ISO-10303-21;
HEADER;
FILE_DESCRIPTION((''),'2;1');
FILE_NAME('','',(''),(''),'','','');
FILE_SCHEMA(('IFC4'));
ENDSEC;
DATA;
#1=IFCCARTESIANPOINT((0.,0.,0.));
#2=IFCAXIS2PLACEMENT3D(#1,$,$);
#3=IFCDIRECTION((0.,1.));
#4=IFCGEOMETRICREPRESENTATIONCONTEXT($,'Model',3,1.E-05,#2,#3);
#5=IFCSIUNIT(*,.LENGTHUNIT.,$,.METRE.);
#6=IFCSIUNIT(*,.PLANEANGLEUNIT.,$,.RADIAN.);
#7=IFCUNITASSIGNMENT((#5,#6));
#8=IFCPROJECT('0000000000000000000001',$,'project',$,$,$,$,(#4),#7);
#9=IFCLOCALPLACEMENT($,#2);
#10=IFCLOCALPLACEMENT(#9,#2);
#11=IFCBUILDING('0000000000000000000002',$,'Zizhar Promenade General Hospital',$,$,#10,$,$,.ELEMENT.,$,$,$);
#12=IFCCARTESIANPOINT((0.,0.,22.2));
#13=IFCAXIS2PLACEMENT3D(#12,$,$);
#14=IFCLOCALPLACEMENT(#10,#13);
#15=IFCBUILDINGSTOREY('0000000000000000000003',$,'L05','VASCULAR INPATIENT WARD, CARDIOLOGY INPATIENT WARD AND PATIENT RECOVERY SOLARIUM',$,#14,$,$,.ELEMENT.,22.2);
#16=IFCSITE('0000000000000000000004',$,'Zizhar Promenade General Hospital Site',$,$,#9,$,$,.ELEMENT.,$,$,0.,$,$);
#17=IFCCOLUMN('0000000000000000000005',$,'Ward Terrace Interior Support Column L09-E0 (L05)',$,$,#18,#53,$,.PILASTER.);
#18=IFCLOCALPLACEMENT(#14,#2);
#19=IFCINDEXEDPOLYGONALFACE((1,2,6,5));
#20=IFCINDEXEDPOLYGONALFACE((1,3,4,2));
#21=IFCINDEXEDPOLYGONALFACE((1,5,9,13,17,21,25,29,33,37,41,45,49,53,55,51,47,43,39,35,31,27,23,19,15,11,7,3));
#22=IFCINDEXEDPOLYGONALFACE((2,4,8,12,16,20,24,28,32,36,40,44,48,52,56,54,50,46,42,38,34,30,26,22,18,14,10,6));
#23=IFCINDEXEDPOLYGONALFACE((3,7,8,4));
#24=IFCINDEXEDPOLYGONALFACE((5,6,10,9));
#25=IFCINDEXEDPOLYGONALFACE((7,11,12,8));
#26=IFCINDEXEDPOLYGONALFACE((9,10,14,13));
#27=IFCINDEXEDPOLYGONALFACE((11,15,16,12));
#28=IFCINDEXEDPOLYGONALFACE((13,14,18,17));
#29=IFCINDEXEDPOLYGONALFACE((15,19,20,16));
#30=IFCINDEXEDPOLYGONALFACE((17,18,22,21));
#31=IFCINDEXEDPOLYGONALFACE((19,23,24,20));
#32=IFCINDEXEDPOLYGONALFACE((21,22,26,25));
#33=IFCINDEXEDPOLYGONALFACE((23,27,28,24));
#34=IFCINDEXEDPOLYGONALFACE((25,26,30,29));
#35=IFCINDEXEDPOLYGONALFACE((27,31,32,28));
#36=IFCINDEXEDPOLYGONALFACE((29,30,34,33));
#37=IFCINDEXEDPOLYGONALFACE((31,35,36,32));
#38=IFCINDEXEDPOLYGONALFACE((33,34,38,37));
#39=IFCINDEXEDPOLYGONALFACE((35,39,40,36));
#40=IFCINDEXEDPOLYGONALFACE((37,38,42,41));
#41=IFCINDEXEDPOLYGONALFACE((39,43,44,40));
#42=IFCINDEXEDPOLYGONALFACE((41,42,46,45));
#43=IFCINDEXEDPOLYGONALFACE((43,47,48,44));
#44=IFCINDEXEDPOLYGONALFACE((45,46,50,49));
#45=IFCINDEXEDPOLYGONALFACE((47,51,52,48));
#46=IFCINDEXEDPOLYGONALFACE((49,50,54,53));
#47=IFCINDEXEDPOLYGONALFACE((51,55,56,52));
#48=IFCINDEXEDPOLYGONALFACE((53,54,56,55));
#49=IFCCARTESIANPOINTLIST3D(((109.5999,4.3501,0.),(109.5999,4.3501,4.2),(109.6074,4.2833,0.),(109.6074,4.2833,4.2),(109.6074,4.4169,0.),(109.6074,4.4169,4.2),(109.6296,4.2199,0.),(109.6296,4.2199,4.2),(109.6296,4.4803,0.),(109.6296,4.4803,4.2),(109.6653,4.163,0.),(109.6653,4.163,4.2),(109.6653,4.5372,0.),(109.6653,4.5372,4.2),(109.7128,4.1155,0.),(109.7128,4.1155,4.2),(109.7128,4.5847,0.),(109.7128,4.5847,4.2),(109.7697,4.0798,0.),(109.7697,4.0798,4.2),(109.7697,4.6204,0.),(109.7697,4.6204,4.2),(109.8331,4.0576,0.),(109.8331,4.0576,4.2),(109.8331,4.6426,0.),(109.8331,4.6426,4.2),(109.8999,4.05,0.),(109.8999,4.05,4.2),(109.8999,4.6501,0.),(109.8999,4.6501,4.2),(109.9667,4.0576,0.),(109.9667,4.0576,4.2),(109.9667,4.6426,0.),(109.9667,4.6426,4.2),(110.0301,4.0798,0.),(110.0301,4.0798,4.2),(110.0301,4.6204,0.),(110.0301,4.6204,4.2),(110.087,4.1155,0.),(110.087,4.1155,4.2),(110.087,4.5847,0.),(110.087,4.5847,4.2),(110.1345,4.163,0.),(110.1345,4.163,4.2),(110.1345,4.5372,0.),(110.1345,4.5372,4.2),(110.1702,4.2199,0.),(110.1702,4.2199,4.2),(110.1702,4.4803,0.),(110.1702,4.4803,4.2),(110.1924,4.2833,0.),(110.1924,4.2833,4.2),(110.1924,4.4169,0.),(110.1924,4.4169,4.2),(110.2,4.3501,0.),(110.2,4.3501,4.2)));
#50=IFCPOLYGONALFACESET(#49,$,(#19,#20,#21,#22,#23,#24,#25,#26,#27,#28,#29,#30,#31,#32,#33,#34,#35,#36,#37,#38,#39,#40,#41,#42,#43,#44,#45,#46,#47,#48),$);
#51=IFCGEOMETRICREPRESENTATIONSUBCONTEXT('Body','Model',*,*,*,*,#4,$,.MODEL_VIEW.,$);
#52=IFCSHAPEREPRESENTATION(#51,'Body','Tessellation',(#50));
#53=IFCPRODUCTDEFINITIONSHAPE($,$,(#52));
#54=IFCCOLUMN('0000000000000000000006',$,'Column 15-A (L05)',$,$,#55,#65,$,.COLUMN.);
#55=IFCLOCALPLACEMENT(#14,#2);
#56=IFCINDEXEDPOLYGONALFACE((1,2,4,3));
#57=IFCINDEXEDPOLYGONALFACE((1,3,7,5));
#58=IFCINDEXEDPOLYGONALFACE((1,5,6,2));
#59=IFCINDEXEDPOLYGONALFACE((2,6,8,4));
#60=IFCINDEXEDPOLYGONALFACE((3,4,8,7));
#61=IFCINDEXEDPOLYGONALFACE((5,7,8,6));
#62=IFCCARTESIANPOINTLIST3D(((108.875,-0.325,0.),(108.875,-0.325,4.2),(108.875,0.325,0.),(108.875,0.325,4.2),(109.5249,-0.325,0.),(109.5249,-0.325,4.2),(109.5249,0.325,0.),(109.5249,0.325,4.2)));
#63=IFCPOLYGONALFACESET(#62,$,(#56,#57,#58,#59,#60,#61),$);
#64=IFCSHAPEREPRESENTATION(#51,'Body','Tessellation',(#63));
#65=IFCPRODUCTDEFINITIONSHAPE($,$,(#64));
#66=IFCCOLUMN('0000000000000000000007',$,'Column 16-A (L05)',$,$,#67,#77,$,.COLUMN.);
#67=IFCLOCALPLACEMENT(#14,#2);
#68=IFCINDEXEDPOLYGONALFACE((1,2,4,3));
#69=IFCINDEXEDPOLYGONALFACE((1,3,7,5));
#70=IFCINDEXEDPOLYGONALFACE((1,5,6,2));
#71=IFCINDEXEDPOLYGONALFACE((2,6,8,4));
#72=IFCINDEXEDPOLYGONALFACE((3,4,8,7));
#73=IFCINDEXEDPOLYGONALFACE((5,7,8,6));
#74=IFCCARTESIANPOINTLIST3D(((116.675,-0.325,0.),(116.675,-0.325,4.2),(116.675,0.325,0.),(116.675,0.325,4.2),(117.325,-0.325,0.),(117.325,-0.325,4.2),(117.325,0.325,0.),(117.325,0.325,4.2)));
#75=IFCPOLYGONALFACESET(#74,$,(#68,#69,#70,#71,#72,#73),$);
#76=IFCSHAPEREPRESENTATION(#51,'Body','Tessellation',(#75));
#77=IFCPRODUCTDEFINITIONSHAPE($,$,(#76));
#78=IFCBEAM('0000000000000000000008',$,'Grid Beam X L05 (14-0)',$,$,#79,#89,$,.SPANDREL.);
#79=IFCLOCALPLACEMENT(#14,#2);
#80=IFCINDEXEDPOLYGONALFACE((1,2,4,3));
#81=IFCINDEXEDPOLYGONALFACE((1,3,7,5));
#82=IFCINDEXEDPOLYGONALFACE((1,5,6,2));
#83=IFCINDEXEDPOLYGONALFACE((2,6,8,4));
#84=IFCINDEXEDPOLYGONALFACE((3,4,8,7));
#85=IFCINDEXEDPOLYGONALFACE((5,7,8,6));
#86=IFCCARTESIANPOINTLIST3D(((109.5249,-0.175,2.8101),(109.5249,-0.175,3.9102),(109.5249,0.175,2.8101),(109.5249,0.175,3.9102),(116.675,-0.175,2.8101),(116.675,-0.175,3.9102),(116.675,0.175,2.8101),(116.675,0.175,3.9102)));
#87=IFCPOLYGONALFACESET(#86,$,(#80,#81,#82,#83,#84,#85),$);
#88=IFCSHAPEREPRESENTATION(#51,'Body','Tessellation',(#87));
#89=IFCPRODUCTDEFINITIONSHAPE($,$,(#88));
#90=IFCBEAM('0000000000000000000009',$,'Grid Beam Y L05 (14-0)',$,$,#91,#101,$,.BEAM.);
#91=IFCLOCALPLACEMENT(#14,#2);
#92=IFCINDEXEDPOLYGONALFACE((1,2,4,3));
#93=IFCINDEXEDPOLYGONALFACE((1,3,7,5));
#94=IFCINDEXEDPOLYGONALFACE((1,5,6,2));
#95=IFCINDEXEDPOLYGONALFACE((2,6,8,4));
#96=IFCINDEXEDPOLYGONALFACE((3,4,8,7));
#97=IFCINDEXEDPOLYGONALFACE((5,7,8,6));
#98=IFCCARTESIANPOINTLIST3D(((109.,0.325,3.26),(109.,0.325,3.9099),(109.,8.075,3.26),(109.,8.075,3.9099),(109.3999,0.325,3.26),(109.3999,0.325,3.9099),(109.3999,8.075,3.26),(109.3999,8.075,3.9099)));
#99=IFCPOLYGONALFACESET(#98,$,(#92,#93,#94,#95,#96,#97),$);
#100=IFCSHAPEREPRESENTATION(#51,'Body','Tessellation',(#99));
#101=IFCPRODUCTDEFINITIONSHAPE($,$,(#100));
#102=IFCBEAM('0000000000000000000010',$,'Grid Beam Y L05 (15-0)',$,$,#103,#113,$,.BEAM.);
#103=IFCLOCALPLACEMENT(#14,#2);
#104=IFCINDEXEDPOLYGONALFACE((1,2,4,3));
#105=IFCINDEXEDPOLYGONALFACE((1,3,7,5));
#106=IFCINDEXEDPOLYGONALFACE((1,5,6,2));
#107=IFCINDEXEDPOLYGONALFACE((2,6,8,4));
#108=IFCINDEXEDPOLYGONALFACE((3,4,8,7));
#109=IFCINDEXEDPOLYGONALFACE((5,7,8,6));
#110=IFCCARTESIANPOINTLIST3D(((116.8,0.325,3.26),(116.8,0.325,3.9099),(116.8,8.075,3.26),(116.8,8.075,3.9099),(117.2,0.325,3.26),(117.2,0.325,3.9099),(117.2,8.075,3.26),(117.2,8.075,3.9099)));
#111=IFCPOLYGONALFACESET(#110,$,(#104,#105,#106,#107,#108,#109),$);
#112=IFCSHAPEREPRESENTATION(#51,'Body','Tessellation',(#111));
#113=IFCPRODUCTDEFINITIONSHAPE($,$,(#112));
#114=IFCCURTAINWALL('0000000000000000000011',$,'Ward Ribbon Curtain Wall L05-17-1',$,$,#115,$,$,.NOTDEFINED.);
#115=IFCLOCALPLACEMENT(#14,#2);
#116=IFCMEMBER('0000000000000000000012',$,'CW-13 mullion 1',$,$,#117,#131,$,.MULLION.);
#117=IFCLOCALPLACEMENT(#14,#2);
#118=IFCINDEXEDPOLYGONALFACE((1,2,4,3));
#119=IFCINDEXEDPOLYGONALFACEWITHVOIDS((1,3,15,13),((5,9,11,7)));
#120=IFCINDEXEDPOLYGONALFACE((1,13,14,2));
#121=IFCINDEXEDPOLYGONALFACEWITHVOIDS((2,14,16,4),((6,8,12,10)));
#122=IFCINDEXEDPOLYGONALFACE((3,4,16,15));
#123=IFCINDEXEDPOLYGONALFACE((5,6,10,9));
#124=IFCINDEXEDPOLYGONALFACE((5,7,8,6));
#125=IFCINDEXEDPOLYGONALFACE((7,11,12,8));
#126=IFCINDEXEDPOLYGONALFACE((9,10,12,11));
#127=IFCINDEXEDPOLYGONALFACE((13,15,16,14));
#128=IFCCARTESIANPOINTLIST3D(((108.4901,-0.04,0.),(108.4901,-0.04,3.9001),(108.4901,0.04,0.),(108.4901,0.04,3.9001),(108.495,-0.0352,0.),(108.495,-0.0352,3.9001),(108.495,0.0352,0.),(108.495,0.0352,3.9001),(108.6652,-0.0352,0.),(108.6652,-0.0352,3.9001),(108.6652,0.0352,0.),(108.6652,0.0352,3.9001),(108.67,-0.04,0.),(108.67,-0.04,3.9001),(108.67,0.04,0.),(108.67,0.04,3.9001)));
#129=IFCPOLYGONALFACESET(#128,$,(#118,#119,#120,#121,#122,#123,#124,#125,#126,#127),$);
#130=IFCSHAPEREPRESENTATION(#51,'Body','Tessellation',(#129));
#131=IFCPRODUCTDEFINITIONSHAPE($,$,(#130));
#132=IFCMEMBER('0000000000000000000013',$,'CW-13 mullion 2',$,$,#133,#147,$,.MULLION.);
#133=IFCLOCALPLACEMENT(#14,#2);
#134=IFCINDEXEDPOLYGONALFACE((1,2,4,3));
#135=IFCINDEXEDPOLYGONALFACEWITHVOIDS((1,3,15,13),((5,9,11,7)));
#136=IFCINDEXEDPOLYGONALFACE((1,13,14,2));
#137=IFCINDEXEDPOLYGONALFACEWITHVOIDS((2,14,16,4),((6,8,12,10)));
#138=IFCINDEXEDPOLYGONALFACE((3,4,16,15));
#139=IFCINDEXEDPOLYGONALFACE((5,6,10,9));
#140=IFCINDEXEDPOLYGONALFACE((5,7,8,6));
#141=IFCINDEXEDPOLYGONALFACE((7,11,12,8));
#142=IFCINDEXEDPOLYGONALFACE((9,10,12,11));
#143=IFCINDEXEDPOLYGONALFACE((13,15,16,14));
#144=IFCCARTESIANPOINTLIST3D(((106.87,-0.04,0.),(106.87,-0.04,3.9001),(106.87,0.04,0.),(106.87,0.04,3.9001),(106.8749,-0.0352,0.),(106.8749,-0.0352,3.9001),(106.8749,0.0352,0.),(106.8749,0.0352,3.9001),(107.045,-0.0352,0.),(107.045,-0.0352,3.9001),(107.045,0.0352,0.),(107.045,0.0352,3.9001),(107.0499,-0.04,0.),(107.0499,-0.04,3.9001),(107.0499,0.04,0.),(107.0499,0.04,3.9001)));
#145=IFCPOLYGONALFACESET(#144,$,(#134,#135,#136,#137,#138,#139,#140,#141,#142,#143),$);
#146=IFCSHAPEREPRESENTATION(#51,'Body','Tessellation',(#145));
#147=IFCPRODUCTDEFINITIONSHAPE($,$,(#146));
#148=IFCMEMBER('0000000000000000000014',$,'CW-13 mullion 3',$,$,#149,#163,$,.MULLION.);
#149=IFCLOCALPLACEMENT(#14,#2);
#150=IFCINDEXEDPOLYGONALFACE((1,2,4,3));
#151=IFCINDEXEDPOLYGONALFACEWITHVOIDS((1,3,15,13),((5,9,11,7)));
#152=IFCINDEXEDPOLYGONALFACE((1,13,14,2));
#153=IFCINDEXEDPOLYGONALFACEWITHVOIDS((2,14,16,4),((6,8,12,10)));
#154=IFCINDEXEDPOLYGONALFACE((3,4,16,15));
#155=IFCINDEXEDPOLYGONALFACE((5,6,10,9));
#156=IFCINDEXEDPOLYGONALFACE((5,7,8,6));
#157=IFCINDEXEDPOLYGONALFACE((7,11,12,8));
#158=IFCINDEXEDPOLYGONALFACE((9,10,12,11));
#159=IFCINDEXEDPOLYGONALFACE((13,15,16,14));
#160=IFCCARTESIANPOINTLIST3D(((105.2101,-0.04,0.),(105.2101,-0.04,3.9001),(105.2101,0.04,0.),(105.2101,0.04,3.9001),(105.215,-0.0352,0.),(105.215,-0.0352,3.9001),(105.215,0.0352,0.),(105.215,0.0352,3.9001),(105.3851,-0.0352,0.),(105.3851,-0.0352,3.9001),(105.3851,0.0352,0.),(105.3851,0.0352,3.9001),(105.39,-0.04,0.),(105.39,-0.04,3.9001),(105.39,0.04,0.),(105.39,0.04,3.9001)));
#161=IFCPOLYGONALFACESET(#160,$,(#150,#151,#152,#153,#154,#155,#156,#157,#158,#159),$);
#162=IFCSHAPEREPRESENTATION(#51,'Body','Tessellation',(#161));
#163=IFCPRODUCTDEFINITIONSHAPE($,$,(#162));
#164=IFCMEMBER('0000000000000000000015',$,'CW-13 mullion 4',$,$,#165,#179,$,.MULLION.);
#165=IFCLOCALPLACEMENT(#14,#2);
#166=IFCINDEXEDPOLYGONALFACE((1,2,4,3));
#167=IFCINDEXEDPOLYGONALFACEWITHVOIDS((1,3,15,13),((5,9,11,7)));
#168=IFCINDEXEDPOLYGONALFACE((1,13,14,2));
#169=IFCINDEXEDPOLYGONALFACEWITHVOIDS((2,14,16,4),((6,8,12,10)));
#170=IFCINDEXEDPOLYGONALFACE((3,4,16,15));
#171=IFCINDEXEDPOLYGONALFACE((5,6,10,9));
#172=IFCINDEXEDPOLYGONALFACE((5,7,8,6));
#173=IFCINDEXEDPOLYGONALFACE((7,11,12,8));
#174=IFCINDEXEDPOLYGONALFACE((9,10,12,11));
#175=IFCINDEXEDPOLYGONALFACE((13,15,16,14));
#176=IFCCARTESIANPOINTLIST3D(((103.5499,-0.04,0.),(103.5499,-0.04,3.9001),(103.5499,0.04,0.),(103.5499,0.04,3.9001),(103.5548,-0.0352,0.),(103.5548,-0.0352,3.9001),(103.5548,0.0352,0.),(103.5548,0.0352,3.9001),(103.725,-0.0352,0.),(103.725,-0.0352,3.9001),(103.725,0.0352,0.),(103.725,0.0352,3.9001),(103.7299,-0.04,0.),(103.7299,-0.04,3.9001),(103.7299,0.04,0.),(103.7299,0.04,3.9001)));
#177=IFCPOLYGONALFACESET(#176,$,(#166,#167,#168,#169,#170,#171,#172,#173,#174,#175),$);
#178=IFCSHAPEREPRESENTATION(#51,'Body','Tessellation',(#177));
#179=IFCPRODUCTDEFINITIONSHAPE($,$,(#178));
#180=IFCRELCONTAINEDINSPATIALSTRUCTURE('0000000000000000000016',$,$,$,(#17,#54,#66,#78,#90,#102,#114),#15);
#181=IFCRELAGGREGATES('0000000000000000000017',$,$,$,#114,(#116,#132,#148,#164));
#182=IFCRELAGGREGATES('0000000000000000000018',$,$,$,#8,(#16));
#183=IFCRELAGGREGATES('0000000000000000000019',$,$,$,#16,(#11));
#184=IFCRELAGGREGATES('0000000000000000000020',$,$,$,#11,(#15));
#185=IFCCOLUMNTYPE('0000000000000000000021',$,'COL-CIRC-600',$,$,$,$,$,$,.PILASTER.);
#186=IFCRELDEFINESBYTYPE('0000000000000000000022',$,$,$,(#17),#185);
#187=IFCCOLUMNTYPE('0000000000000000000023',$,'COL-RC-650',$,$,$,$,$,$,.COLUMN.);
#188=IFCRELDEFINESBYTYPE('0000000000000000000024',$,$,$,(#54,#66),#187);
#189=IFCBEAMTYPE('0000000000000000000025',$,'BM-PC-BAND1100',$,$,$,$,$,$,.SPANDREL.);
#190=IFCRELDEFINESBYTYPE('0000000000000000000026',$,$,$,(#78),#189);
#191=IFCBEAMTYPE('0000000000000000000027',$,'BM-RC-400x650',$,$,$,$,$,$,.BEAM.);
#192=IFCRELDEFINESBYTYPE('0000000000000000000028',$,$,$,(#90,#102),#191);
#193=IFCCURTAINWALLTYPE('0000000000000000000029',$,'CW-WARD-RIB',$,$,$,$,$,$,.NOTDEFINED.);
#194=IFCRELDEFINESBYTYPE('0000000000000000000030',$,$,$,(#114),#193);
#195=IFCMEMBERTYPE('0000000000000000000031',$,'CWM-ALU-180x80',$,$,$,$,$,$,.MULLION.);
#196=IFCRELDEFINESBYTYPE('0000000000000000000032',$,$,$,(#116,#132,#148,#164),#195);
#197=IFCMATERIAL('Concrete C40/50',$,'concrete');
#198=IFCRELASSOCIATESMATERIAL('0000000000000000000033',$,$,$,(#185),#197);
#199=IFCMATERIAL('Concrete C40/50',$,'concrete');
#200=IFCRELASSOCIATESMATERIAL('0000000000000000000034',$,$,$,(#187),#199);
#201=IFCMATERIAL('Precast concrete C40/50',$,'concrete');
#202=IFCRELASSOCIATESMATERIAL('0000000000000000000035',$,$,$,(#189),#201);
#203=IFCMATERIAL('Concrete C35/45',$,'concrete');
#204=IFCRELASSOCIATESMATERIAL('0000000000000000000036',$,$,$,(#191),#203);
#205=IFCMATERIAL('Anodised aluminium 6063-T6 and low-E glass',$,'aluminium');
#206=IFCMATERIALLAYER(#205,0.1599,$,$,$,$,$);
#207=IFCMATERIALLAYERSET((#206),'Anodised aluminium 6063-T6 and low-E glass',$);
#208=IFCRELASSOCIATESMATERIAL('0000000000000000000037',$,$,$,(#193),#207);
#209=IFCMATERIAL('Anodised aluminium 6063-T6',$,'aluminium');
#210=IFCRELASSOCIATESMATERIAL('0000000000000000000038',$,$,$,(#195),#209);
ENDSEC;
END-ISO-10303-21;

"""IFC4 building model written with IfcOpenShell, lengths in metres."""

from ifc_helpers import new_model, si_unit, direction, frame, origin, origin_2d, place, context, subcontext, project, spatial, rectangle, hollow_rectangle, circle, extrude, material, layer, layer_set, material_profile, profile_set, type_object, element, aggregate, save


model = new_model("IFC4")

# Units and contexts
model_context = context("Model", 3, precision=1e-05, world=origin(), true_north=direction((0.0, 1.0)))
body_context = subcontext(model_context, "Body", "Model", "MODEL_VIEW")
ifc_project = project(units=[si_unit("LENGTHUNIT", "METRE"), si_unit("PLANEANGLEUNIT", "RADIAN")], contexts=[model_context])

# Site, building, storey
site_placement = place(None, origin())
site = spatial("IfcSite", under=ifc_project, at=site_placement, Name="Zizhar Promenade General Hospital Site", CompositionType="ELEMENT", RefElevation=0.0)
building_placement = place(site_placement, origin())
building = spatial("IfcBuilding", under=site, at=building_placement, Name="Zizhar Promenade General Hospital", CompositionType="ELEMENT")
storey_placement = place(building_placement, frame((0.0, 0.0, 22.2)))
storey = spatial("IfcBuildingStorey", under=building, at=storey_placement, Name="L05", Description="VASCULAR INPATIENT WARD, CARDIOLOGY INPATIENT WARD AND PATIENT RECOVERY SOLARIUM", CompositionType="ELEMENT", Elevation=22.2)

# Columns
ifc_material_1 = material(Name="Concrete C40/50", Category="concrete")
ifc_material_profile_1 = material_profile(ifc_material_1, circle(Radius=0.3, at=origin_2d()))
ifc_profile_set_1 = profile_set([ifc_material_profile_1], Name="Concrete C40/50")
column_type_1 = type_object("IfcColumnType", Name="COL-CIRC-600", PredefinedType="PILASTER", material=ifc_profile_set_1)
column_placement = place(storey_placement, frame((109.8999, 4.3501, 0.0), z_axis=(0.0, 0.0, 1.0), x_axis=(1.0, 0.0, 0.0)))
element("IfcColumn", 1, at=column_placement, inside=storey, type_object=column_type_1, Name="Ward Terrace Interior Support Column L09-E0 (L05)", PredefinedType="PILASTER", context=body_context, shape_type="SweptSolid", body=[
    extrude(circle(Radius=0.3, at=origin_2d()), origin(), (0.0, 0.0, 1.0), 4.2),
])
ifc_material_2 = material(Name="Concrete C40/50", Category="concrete")
ifc_material_profile_2 = material_profile(ifc_material_2, rectangle(XDim=0.6499, YDim=0.6499, at=origin_2d()))
ifc_profile_set_2 = profile_set([ifc_material_profile_2], Name="Concrete C40/50")
column_type_2 = type_object("IfcColumnType", Name="COL-RC-650", PredefinedType="COLUMN", material=ifc_profile_set_2)
for number, where, z_axis, x_axis, name in (
    (2, (109.2, 0.0, 0.0), (0.0, 0.0, 1.0), (1.0, 0.0, 0.0), "Column 15-A (L05)"),
    (3, (117.0, 0.0, 0.0), (0.0, 0.0, 1.0), (1.0, 0.0, 0.0), "Column 16-A (L05)"),
):
    element("IfcColumn", number, at=place(storey_placement, frame(where, z_axis=z_axis, x_axis=x_axis)), inside=storey, type_object=column_type_2, Name=name, PredefinedType="COLUMN", context=body_context, shape_type="SweptSolid", body=[
        extrude(rectangle(XDim=0.6499, YDim=0.6499, at=origin_2d()), origin(), (0.0, 0.0, 1.0), 4.2),
    ])

# Beams
ifc_material_3 = material(Name="Precast concrete C40/50", Category="concrete")
ifc_material_profile_3 = material_profile(ifc_material_3, rectangle(XDim=0.3501, YDim=1.1001, at=origin_2d()))
ifc_profile_set_3 = profile_set([ifc_material_profile_3], Name="Precast concrete C40/50")
beam_type_1 = type_object("IfcBeamType", Name="BM-PC-BAND1100", PredefinedType="SPANDREL", material=ifc_profile_set_3)
beam_placement = place(storey_placement, frame((109.5249, 0.0, 3.3601), z_axis=(1.0, 0.0, 0.0), x_axis=(0.0, 1.0, 0.0)))
element("IfcBeam", 4, at=beam_placement, inside=storey, type_object=beam_type_1, Name="Grid Beam X L05 (14-0)", PredefinedType="SPANDREL", context=body_context, shape_type="SweptSolid", body=[
    extrude(rectangle(XDim=0.3501, YDim=1.1001, at=origin_2d()), origin(), (0.0, 0.0, 1.0), 7.1501),
])
ifc_material_4 = material(Name="Concrete C35/45", Category="concrete")
ifc_material_profile_4 = material_profile(ifc_material_4, rectangle(XDim=0.3999, YDim=0.6499, at=origin_2d()))
ifc_profile_set_4 = profile_set([ifc_material_profile_4], Name="Concrete C35/45")
beam_type_2 = type_object("IfcBeamType", Name="BM-RC-400x650", PredefinedType="BEAM", material=ifc_profile_set_4)
for number, where, z_axis, x_axis, name in (
    (5, (109.2, 0.325, 3.585), (0.0, 1.0, 0.0), (-1.0, 0.0, 0.0), "Grid Beam Y L05 (14-0)"),
    (6, (117.0, 0.325, 3.585), (0.0, 1.0, 0.0), (-1.0, 0.0, 0.0), "Grid Beam Y L05 (15-0)"),
):
    element("IfcBeam", number, at=place(storey_placement, frame(where, z_axis=z_axis, x_axis=x_axis)), inside=storey, type_object=beam_type_2, Name=name, PredefinedType="BEAM", context=body_context, shape_type="SweptSolid", body=[
        extrude(rectangle(XDim=0.3999, YDim=0.6499, at=origin_2d()), origin(), (0.0, 0.0, 1.0), 7.75),
    ])

# Curtain wall, members
ifc_material_5 = material(Name="Anodised aluminium 6063-T6 and low-E glass", Category="aluminium")
ifc_layer_1 = layer(ifc_material_5, 0.1599)
ifc_layer_set_1 = layer_set([ifc_layer_1], Name="Anodised aluminium 6063-T6 and low-E glass")
curtain_wall_type = type_object("IfcCurtainWallType", Name="CW-WARD-RIB", PredefinedType="NOTDEFINED", material=ifc_layer_set_1)
curtain_wall_placement = place(storey_placement, origin())
curtain_wall = element("IfcCurtainWall", 7, at=curtain_wall_placement, inside=storey, type_object=curtain_wall_type, Name="Ward Ribbon Curtain Wall L05-17-1", PredefinedType="NOTDEFINED")
ifc_material_6 = material(Name="Anodised aluminium 6063-T6", Category="aluminium")
ifc_material_profile_5 = material_profile(ifc_material_6, hollow_rectangle(XDim=0.0801, YDim=0.1799, WallThickness=0.0049, at=origin_2d()))
ifc_profile_set_5 = profile_set([ifc_material_profile_5], Name="Anodised aluminium 6063-T6")
member_type_1 = type_object("IfcMemberType", Name="CWM-ALU-180x80", PredefinedType="MULLION", material=ifc_profile_set_5)
member_1_placement = place(storey_placement, frame((108.5801, 0.0, 0.0), z_axis=(0.0, 0.0, 1.0), x_axis=(0.0, -1.0, 0.0)))
member_1 = element("IfcMember", 8, at=member_1_placement, type_object=member_type_1, Name="CW-13 mullion 1", PredefinedType="MULLION", context=body_context, shape_type="SweptSolid", body=[
    extrude(hollow_rectangle(XDim=0.0801, YDim=0.1799, WallThickness=0.0049, at=origin_2d()), origin(), (0.0, 0.0, 1.0), 3.9001),
])
member_2_placement = place(storey_placement, frame((106.96, 0.0, 0.0), z_axis=(0.0, 0.0, 1.0), x_axis=(0.0, -1.0, 0.0)))
member_2 = element("IfcMember", 9, at=member_2_placement, type_object=member_type_1, Name="CW-13 mullion 2", PredefinedType="MULLION", context=body_context, shape_type="SweptSolid", body=[
    extrude(hollow_rectangle(XDim=0.0801, YDim=0.1799, WallThickness=0.0049, at=origin_2d()), origin(), (0.0, 0.0, 1.0), 3.9001),
])
member_3_placement = place(storey_placement, frame((105.3, 0.0, 0.0), z_axis=(0.0, 0.0, 1.0), x_axis=(0.0, -1.0, 0.0)))
member_3 = element("IfcMember", 10, at=member_3_placement, type_object=member_type_1, Name="CW-13 mullion 3", PredefinedType="MULLION", context=body_context, shape_type="SweptSolid", body=[
    extrude(hollow_rectangle(XDim=0.0801, YDim=0.1799, WallThickness=0.0049, at=origin_2d()), origin(), (0.0, 0.0, 1.0), 3.9001),
])
member_4_placement = place(storey_placement, frame((103.6399, 0.0, 0.0), z_axis=(0.0, 0.0, 1.0), x_axis=(0.0, -1.0, 0.0)))
member_4 = element("IfcMember", 11, at=member_4_placement, type_object=member_type_1, Name="CW-13 mullion 4", PredefinedType="MULLION", context=body_context, shape_type="SweptSolid", body=[
    extrude(hollow_rectangle(XDim=0.0801, YDim=0.1799, WallThickness=0.0049, at=origin_2d()), origin(), (0.0, 0.0, 1.0), 3.9001),
])
aggregate(curtain_wall, [member_1, member_2, member_3, member_4])

save(model, "model.ifc")
